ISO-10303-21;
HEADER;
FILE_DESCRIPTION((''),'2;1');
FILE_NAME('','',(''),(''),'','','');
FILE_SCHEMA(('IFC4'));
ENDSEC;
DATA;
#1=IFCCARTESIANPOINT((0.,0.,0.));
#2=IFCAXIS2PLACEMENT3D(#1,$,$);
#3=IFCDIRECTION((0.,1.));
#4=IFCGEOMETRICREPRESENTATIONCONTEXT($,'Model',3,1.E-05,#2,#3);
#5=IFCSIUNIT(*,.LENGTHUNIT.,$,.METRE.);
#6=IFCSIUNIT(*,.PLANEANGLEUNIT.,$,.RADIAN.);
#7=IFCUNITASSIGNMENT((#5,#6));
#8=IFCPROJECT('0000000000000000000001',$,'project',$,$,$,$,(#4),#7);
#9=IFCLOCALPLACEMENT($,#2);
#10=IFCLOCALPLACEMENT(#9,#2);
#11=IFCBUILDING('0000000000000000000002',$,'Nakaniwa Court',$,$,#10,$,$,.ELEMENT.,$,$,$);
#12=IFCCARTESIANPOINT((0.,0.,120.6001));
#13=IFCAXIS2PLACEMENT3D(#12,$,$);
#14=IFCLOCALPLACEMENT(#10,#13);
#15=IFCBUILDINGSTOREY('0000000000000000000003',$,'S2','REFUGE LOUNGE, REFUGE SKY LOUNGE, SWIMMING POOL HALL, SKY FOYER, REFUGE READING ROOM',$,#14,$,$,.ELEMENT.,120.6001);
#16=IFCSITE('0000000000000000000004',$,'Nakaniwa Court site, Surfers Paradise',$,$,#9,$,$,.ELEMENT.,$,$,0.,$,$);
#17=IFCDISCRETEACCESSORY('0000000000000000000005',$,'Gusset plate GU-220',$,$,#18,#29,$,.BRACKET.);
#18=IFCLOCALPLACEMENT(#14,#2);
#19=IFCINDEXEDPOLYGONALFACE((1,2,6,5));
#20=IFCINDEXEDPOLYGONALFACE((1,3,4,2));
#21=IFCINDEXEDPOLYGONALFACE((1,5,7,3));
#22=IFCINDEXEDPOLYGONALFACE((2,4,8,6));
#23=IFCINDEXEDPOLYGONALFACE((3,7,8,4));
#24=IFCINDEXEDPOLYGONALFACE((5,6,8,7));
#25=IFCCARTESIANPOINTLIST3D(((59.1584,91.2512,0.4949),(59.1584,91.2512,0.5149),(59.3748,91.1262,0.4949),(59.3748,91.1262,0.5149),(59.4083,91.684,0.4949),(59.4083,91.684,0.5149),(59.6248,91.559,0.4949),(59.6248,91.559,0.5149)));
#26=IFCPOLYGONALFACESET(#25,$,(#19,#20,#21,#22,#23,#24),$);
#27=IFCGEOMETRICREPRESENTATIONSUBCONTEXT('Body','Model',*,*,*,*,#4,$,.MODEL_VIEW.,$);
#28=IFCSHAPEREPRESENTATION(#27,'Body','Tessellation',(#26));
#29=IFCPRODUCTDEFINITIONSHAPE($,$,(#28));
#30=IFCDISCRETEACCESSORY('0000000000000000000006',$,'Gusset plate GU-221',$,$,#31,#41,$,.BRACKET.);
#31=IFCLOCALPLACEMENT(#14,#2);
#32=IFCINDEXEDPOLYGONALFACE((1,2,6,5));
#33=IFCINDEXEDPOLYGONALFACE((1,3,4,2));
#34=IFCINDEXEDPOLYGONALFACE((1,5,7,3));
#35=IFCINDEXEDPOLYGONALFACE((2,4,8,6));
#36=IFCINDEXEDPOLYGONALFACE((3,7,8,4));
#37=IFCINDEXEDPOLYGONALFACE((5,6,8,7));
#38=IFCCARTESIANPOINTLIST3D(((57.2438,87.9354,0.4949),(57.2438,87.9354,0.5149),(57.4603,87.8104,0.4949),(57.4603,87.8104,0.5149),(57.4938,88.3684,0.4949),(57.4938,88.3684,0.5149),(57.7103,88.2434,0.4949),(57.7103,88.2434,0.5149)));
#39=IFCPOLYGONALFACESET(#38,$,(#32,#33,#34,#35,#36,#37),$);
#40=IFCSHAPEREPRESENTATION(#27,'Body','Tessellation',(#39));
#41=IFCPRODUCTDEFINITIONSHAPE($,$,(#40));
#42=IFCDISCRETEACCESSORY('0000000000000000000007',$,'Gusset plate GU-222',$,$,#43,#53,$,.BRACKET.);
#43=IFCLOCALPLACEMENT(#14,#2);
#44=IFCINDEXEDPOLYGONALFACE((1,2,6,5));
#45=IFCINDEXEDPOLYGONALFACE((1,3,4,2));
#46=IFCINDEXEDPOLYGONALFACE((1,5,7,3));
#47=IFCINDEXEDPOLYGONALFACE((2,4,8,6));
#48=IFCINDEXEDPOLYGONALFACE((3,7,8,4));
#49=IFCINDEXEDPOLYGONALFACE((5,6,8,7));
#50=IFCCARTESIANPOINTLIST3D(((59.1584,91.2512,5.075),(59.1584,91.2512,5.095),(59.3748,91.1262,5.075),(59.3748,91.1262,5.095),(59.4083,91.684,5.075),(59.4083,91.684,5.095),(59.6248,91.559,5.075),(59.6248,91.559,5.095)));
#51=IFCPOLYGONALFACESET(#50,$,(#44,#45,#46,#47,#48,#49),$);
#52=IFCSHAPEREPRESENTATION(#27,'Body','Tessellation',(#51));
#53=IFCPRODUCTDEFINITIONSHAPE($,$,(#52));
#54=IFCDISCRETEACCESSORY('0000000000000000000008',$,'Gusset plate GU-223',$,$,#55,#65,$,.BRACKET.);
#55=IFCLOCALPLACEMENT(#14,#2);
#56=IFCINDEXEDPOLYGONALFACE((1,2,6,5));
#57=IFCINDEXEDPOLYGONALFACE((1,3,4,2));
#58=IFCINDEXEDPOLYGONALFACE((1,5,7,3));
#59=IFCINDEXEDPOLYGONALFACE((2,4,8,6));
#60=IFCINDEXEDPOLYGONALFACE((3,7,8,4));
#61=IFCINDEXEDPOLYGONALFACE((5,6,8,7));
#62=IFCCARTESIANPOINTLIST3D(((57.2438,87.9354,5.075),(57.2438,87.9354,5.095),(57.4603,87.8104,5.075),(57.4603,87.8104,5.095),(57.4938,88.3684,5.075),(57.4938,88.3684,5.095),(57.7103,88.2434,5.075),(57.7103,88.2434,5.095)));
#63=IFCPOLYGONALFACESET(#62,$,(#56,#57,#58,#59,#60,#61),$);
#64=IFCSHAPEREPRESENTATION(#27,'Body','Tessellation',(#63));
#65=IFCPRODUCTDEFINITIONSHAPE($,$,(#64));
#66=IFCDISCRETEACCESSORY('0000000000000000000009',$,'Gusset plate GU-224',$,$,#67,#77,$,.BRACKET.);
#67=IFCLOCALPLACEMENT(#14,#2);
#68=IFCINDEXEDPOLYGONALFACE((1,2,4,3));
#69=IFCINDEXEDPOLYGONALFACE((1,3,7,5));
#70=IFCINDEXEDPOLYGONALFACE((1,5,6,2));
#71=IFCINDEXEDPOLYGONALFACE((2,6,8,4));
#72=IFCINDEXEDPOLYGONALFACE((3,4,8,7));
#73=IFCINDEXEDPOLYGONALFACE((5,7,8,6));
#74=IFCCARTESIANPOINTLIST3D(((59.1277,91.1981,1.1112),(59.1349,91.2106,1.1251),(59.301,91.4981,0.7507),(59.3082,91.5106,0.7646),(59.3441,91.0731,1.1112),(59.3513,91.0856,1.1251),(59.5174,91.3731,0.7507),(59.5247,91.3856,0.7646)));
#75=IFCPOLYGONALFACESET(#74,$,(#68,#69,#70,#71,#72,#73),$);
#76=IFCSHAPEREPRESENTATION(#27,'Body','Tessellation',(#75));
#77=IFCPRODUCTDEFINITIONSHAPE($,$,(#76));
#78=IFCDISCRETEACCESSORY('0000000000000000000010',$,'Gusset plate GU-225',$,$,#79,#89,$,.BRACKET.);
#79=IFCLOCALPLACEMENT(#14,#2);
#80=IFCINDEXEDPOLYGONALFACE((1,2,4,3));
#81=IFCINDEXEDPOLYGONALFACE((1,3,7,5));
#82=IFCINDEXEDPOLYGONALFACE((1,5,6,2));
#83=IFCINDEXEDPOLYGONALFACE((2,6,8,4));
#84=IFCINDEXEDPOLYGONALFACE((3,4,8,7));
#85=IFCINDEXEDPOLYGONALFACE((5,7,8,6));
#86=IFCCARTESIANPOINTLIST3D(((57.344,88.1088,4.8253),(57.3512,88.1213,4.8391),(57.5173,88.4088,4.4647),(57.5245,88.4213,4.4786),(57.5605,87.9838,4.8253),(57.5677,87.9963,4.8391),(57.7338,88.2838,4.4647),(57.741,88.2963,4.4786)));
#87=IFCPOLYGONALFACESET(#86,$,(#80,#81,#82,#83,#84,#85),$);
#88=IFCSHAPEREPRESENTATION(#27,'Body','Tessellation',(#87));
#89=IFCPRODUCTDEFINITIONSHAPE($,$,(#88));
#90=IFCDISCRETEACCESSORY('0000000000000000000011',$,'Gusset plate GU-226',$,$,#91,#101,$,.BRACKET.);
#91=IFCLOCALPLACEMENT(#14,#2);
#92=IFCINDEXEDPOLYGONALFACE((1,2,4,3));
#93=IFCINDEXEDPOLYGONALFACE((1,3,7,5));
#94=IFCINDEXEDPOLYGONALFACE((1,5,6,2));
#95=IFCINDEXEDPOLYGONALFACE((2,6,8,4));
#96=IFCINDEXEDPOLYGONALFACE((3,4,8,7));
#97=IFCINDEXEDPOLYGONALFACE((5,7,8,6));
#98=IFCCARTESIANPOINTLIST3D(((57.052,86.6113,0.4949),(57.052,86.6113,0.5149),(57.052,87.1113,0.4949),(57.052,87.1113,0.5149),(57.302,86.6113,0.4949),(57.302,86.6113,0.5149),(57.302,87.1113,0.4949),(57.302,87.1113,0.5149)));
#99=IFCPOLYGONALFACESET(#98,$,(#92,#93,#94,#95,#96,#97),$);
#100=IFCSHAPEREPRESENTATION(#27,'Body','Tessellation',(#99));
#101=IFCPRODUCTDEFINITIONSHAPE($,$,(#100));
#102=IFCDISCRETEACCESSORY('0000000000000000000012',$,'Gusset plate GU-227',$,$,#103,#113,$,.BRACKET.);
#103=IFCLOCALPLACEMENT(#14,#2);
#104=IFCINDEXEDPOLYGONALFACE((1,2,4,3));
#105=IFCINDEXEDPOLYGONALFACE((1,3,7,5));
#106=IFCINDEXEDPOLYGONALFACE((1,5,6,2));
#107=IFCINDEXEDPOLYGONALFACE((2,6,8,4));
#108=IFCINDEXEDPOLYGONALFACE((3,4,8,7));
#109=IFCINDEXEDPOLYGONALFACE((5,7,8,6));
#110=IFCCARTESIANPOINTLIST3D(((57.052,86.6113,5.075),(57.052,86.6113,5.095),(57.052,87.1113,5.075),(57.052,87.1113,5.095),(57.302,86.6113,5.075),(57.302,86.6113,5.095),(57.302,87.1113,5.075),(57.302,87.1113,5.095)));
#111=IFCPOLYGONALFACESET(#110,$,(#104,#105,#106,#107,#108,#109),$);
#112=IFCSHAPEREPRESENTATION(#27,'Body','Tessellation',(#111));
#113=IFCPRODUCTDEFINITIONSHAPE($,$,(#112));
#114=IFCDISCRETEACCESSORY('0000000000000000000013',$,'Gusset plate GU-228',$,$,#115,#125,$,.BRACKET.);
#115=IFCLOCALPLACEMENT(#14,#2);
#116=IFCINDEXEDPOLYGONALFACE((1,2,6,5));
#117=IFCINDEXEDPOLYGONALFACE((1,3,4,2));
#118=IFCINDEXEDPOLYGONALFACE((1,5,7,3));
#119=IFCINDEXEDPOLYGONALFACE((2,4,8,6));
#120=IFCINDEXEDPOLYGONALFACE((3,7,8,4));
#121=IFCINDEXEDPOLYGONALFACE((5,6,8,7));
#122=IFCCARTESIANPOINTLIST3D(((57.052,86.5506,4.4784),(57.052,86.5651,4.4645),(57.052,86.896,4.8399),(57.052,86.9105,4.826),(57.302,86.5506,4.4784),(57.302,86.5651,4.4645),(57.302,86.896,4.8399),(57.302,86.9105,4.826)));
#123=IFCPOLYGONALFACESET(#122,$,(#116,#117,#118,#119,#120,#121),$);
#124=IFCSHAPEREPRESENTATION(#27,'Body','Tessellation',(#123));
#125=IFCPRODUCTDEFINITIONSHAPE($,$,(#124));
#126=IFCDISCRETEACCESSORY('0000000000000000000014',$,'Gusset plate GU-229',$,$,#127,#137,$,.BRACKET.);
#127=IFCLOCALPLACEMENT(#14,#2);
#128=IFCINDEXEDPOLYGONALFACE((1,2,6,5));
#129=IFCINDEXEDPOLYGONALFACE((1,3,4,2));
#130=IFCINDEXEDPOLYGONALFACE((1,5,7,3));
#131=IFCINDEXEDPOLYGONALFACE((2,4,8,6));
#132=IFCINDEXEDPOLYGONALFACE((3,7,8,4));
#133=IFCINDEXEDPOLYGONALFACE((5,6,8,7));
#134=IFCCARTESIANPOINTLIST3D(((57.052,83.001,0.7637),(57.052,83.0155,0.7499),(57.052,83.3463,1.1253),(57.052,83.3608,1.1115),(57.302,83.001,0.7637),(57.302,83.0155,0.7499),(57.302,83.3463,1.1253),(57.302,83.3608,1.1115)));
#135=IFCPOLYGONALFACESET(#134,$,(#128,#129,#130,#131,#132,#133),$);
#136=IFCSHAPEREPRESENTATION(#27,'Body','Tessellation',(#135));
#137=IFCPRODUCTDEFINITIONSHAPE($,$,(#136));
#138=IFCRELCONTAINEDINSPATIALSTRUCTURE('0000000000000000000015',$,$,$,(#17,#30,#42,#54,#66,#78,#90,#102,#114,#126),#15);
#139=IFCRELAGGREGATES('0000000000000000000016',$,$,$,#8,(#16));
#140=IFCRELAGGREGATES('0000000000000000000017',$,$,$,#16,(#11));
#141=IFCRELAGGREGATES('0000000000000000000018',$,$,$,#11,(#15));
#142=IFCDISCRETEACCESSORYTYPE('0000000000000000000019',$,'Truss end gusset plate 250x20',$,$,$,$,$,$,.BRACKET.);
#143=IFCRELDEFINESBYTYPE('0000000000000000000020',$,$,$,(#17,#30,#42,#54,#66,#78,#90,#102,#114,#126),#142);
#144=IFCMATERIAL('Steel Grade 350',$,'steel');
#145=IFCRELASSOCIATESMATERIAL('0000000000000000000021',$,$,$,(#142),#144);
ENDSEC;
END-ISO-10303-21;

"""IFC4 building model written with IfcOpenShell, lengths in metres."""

from ifc_helpers import new_model, si_unit, direction, frame, origin, origin_2d, place, context, subcontext, project, spatial, rectangle, extrude, material, material_profile, profile_set, type_object, element, save


model = new_model("IFC4")

# Units and contexts
model_context = context("Model", 3, precision=1e-05, world=origin(), true_north=direction((0.0, 1.0)))
body_context = subcontext(model_context, "Body", "Model", "MODEL_VIEW")
ifc_project = project(units=[si_unit("LENGTHUNIT", "METRE"), si_unit("PLANEANGLEUNIT", "RADIAN")], contexts=[model_context])

# Site, building, storey
site_placement = place(None, origin())
site = spatial("IfcSite", under=ifc_project, at=site_placement, Name="Nakaniwa Court site, Surfers Paradise", CompositionType="ELEMENT", RefElevation=0.0)
building_placement = place(site_placement, origin())
building = spatial("IfcBuilding", under=site, at=building_placement, Name="Nakaniwa Court", CompositionType="ELEMENT")
storey_placement = place(building_placement, frame((0.0, 0.0, 120.6001)))
storey = spatial("IfcBuildingStorey", under=building, at=storey_placement, Name="S2", Description="REFUGE LOUNGE, REFUGE SKY LOUNGE, SWIMMING POOL HALL, SKY FOYER, REFUGE READING ROOM", CompositionType="ELEMENT", Elevation=120.6001)

# Shared definitions
ifc_material_1 = material(Name="Steel Grade 350", Category="steel")

# Discrete accessories
ifc_material_profile_1 = material_profile(ifc_material_1, rectangle(XDim=0.25, YDim=0.02, at=origin_2d()), Name="Truss end gusset plate 250x20")
ifc_profile_set_1 = profile_set([ifc_material_profile_1], Name="Steel Grade 350")
discrete_accessory_type = type_object("IfcDiscreteAccessoryType", Name="Truss end gusset plate 250x20", PredefinedType="BRACKET", material=ifc_profile_set_1)
discrete_accessory_1_placement = place(storey_placement, frame((59.2666, 91.1887, 0.5049), z_axis=(0.500131, 0.86595, 0.0), x_axis=(-0.86595, 0.500131, 0.0)))
element("IfcDiscreteAccessory", 1, at=discrete_accessory_1_placement, inside=storey, type_object=discrete_accessory_type, Name="Gusset plate GU-220", PredefinedType="BRACKET", context=body_context, shape_type="SweptSolid", body=[
    extrude(rectangle(XDim=0.25, YDim=0.02, at=origin_2d()), origin(), (0.0, 0.0, 1.0), 0.4998),
])
discrete_accessory_2_placement = place(storey_placement, frame((57.6021, 88.3059, 0.5049), z_axis=(-0.49992, -0.866072, 0.0), x_axis=(0.866072, -0.49992, 0.0)))
element("IfcDiscreteAccessory", 2, at=discrete_accessory_2_placement, inside=storey, type_object=discrete_accessory_type, Name="Gusset plate GU-221", PredefinedType="BRACKET", context=body_context, shape_type="SweptSolid", body=[
    extrude(rectangle(XDim=0.25, YDim=0.02, at=origin_2d()), origin(), (0.0, 0.0, 1.0), 0.5),
])
discrete_accessory_3_placement = place(storey_placement, frame((59.2666, 91.1887, 5.085), z_axis=(0.500131, 0.86595, 0.0), x_axis=(-0.86595, 0.500131, 0.0)))
element("IfcDiscreteAccessory", 3, at=discrete_accessory_3_placement, inside=storey, type_object=discrete_accessory_type, Name="Gusset plate GU-222", PredefinedType="BRACKET", context=body_context, shape_type="SweptSolid", body=[
    extrude(rectangle(XDim=0.25, YDim=0.02, at=origin_2d()), origin(), (0.0, 0.0, 1.0), 0.4998),
])
for number, where, z_axis, x_axis, name in (
    (4, (57.6021, 88.3059, 5.085), (-0.49992, -0.866072, 0.0), (0.866072, -0.49992, 0.0), "Gusset plate GU-223"),
    (5, (59.2395, 91.1418, 1.1182), (0.346607, 0.599971, -0.72104), (-0.865892, 0.500231, 0.0), "Gusset plate GU-224"),
    (6, (57.6292, 88.3525, 4.4717), (-0.346607, -0.599971, 0.72104), (0.865892, -0.500231, 0.0), "Gusset plate GU-225"),
    (7, (57.177, 86.6113, 0.5049), (0.0, 1.0, 0.0), (-1.0, 0.0, 0.0), "Gusset plate GU-226"),
    (8, (57.177, 86.6113, 5.085), (0.0, 1.0, 0.0), (-1.0, 0.0, 0.0), "Gusset plate GU-227"),
    (9, (57.177, 86.5579, 4.4714), (0.0, 0.690812, 0.723034), (-1.0, 0.0, 0.0), "Gusset plate GU-228"),
    (10, (57.177, 83.3535, 1.1184), (0.0, -0.690557, -0.723278), (1.0, 0.0, 0.0), "Gusset plate GU-229"),
):
    element("IfcDiscreteAccessory", number, at=place(storey_placement, frame(where, z_axis=z_axis, x_axis=x_axis)), inside=storey, type_object=discrete_accessory_type, Name=name, PredefinedType="BRACKET", context=body_context, shape_type="SweptSolid", body=[
        extrude(rectangle(XDim=0.25, YDim=0.02, at=origin_2d()), origin(), (0.0, 0.0, 1.0), 0.5),
    ])

save(model, "model.ifc")
